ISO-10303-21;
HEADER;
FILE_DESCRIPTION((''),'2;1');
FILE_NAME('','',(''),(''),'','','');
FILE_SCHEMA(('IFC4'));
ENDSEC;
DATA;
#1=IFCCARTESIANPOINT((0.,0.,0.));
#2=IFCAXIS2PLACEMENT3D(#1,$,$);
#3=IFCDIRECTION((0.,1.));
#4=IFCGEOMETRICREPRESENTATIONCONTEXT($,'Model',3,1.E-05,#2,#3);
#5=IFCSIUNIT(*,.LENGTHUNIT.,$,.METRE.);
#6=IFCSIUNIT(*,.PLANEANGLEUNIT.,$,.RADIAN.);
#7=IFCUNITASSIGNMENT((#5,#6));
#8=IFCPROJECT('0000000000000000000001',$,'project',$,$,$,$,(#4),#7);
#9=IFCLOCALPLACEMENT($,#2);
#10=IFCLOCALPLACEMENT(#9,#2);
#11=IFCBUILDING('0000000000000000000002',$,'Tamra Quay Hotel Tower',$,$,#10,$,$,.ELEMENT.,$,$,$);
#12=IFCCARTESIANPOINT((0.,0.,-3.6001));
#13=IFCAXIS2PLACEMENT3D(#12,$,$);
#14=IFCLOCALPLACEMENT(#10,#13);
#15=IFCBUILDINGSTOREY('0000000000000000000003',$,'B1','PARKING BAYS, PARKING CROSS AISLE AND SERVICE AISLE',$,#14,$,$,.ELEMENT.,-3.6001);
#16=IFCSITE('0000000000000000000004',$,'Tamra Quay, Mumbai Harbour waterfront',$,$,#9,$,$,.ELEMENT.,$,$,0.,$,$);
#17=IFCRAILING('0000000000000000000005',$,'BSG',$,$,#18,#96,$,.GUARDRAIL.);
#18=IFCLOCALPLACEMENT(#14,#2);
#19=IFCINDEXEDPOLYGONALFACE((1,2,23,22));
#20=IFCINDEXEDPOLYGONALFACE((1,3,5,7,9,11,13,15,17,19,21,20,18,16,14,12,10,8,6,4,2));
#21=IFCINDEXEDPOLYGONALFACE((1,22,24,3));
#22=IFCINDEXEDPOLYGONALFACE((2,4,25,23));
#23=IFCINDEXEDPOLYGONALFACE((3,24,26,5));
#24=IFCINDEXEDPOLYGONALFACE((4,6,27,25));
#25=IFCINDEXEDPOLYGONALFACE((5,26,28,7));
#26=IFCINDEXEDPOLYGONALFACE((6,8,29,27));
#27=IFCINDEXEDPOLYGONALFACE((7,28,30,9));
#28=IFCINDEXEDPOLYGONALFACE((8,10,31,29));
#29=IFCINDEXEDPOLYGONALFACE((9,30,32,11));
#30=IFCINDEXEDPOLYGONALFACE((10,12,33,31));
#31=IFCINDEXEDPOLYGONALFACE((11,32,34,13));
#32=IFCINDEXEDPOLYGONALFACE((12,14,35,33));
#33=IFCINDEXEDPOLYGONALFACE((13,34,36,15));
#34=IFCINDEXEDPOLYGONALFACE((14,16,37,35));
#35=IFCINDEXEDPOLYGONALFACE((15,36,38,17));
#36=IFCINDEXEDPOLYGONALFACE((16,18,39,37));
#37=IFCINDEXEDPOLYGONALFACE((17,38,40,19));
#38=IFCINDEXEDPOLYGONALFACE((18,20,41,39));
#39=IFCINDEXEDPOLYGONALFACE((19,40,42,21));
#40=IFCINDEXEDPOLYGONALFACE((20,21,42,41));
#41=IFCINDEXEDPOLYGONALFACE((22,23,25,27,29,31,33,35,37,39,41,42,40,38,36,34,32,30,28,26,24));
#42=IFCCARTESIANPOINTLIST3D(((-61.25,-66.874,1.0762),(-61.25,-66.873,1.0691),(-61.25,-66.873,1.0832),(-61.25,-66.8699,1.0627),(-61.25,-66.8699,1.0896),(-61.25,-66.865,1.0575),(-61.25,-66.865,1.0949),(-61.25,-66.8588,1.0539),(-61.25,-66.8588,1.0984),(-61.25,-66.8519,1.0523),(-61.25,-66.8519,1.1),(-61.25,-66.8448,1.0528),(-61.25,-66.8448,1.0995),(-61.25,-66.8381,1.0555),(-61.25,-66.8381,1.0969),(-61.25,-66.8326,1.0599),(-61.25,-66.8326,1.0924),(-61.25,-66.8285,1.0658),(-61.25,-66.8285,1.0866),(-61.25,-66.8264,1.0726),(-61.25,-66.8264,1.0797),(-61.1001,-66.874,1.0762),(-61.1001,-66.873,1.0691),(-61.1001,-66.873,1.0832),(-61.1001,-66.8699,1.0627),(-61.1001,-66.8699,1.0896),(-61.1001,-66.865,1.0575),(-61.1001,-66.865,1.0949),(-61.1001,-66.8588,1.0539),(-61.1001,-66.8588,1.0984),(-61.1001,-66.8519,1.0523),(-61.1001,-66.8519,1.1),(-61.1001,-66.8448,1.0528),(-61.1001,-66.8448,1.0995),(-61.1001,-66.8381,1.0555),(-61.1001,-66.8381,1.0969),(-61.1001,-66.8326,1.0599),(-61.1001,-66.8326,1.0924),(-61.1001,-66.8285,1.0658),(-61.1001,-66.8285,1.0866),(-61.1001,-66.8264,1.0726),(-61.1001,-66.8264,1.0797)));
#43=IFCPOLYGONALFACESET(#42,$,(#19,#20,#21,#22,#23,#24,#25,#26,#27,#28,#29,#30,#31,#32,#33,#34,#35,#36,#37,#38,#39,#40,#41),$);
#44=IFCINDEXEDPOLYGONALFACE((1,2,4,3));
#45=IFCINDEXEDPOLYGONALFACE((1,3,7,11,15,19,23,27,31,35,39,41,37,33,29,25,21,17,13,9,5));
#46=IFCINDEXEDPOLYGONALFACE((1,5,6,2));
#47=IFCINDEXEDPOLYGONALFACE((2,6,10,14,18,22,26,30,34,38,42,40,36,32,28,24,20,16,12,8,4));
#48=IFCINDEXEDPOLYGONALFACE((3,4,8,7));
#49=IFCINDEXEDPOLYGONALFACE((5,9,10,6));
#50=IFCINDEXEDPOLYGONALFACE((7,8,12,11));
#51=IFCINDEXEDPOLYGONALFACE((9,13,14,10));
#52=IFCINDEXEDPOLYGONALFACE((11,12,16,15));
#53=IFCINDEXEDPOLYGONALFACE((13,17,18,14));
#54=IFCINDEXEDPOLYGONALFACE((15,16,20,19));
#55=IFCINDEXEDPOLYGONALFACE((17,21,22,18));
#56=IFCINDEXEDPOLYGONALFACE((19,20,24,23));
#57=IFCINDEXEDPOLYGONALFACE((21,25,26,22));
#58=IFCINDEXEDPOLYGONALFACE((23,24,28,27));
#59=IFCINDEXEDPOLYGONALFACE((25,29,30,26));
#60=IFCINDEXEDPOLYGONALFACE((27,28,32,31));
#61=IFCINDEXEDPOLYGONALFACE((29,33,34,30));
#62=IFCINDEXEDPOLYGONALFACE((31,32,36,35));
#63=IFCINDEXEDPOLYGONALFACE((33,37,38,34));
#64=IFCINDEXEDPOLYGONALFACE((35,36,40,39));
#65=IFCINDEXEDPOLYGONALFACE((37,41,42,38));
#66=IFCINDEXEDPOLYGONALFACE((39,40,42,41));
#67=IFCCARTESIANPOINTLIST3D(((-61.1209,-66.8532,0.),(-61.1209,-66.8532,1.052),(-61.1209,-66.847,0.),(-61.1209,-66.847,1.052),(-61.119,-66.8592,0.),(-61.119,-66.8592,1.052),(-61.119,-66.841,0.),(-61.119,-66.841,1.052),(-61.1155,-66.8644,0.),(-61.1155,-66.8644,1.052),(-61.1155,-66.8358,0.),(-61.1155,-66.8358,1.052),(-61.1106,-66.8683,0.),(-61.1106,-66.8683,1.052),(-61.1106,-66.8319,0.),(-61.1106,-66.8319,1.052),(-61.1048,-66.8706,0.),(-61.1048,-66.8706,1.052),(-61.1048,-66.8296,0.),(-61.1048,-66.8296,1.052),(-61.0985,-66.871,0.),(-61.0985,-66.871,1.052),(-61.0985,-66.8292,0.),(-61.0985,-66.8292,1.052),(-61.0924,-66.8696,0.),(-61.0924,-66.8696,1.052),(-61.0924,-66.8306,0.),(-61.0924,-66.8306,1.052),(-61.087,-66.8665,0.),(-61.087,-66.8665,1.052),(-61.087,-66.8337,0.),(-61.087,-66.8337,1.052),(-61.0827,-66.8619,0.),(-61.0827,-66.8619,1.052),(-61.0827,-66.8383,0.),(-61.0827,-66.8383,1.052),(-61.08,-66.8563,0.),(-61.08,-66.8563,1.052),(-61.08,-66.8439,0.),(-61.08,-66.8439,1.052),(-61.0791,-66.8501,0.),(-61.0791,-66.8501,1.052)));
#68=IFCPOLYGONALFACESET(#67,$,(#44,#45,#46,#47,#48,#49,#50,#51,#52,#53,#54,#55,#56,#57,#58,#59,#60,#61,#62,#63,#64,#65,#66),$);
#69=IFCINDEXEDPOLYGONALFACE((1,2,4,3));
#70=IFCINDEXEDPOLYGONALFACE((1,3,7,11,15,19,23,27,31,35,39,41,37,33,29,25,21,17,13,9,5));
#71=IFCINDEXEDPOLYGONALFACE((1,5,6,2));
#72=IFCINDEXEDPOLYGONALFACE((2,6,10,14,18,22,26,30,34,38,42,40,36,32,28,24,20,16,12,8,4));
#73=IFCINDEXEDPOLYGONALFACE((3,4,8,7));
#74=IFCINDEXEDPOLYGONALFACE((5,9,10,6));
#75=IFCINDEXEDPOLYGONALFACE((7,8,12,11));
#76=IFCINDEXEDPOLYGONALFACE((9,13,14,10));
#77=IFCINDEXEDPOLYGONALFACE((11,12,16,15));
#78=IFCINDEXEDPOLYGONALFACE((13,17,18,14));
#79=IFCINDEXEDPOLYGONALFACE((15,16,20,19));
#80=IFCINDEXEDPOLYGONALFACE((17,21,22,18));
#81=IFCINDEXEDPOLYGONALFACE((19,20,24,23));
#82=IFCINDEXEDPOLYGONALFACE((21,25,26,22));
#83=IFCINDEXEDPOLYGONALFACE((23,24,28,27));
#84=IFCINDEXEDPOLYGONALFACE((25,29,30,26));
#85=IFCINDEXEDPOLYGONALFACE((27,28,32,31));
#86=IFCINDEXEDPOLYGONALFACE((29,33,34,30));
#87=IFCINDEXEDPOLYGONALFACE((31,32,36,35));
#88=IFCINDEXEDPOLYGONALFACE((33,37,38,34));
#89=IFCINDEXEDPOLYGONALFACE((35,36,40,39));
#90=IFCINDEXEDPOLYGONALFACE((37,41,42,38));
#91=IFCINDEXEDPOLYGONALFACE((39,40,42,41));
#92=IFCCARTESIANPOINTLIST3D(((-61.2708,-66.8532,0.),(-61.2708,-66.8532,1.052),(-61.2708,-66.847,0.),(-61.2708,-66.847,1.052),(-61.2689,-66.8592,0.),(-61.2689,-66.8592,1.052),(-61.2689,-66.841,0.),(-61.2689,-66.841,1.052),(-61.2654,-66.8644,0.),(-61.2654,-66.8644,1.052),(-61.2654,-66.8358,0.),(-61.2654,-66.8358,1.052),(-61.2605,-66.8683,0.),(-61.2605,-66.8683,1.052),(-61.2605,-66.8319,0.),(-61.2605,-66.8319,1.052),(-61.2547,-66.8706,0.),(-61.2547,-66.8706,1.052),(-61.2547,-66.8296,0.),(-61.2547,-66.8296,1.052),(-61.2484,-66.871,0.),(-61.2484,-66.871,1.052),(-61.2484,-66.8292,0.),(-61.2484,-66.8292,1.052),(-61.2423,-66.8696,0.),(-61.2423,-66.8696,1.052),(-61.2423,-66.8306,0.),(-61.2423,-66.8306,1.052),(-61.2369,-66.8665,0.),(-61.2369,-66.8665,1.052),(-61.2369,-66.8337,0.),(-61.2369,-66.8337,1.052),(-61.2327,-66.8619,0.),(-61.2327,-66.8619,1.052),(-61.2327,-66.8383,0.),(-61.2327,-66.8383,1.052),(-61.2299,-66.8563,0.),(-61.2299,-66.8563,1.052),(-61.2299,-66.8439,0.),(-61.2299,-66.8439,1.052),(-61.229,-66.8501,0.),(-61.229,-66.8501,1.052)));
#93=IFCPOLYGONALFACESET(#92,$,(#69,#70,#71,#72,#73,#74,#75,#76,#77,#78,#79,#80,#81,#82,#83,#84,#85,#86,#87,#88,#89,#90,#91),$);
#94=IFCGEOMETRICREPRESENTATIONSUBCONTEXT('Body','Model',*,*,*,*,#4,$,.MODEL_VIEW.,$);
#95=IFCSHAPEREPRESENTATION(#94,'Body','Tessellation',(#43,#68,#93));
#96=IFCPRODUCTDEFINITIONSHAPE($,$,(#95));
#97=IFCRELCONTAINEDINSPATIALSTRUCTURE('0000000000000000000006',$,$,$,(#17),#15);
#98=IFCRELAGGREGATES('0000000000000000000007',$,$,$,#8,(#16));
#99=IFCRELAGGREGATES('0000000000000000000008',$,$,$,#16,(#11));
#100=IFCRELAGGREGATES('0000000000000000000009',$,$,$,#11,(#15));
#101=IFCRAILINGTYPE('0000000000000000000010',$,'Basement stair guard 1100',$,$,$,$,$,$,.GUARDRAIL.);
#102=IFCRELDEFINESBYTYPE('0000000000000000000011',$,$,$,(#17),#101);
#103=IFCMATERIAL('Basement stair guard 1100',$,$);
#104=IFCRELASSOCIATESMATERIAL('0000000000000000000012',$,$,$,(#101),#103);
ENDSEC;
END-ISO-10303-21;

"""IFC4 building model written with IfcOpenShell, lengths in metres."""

from ifc_helpers import new_model, si_unit, direction, frame, origin, origin_2d, place, context, subcontext, project, spatial, circle, extrude, material, type_object, element, save


model = new_model("IFC4")

# Units and contexts
model_context = context("Model", 3, precision=1e-05, world=origin(), true_north=direction((0.0, 1.0)))
body_context = subcontext(model_context, "Body", "Model", "MODEL_VIEW")
ifc_project = project(units=[si_unit("LENGTHUNIT", "METRE"), si_unit("PLANEANGLEUNIT", "RADIAN")], contexts=[model_context])

# Site, building, storey
site_placement = place(None, origin())
site = spatial("IfcSite", under=ifc_project, at=site_placement, Name="Tamra Quay, Mumbai Harbour waterfront", CompositionType="ELEMENT", RefElevation=0.0)
building_placement = place(site_placement, origin())
building = spatial("IfcBuilding", under=site, at=building_placement, Name="Tamra Quay Hotel Tower", CompositionType="ELEMENT")
storey_placement = place(building_placement, frame((0.0, 0.0, -3.6001)))
storey = spatial("IfcBuildingStorey", under=building, at=storey_placement, Name="B1", Description="PARKING BAYS, PARKING CROSS AISLE AND SERVICE AISLE", CompositionType="ELEMENT", Elevation=-3.6001)

# Railing
ifc_material_1 = material(Name="Basement stair guard 1100")
railing_type_1 = type_object("IfcRailingType", Name="Basement stair guard 1100", PredefinedType="GUARDRAIL", material=ifc_material_1)
railing_1_placement = place(storey_placement, frame((-61.1001, -66.8501, 0.0)))
element("IfcRailing", 1, at=railing_1_placement, inside=storey, type_object=railing_type_1, Name="BSG", PredefinedType="GUARDRAIL", context=body_context, shape_type="SweptSolid", body=[
    extrude(circle(Radius=0.0239, at=origin_2d()), frame((0.0, 0.0, 1.0762), z_axis=(-1.0, 0.0, 0.0), x_axis=(0.0, -1.0, 0.0)), (0.0, 0.0, 1.0), 0.1499),
    extrude(circle(Radius=0.021, at=origin_2d()), origin(), (0.0, 0.0, 1.0), 1.052),
    extrude(circle(Radius=0.021, at=origin_2d()), frame((-0.1499, 0.0, 0.0)), (0.0, 0.0, 1.0), 1.052),
])

save(model, "model.ifc")
